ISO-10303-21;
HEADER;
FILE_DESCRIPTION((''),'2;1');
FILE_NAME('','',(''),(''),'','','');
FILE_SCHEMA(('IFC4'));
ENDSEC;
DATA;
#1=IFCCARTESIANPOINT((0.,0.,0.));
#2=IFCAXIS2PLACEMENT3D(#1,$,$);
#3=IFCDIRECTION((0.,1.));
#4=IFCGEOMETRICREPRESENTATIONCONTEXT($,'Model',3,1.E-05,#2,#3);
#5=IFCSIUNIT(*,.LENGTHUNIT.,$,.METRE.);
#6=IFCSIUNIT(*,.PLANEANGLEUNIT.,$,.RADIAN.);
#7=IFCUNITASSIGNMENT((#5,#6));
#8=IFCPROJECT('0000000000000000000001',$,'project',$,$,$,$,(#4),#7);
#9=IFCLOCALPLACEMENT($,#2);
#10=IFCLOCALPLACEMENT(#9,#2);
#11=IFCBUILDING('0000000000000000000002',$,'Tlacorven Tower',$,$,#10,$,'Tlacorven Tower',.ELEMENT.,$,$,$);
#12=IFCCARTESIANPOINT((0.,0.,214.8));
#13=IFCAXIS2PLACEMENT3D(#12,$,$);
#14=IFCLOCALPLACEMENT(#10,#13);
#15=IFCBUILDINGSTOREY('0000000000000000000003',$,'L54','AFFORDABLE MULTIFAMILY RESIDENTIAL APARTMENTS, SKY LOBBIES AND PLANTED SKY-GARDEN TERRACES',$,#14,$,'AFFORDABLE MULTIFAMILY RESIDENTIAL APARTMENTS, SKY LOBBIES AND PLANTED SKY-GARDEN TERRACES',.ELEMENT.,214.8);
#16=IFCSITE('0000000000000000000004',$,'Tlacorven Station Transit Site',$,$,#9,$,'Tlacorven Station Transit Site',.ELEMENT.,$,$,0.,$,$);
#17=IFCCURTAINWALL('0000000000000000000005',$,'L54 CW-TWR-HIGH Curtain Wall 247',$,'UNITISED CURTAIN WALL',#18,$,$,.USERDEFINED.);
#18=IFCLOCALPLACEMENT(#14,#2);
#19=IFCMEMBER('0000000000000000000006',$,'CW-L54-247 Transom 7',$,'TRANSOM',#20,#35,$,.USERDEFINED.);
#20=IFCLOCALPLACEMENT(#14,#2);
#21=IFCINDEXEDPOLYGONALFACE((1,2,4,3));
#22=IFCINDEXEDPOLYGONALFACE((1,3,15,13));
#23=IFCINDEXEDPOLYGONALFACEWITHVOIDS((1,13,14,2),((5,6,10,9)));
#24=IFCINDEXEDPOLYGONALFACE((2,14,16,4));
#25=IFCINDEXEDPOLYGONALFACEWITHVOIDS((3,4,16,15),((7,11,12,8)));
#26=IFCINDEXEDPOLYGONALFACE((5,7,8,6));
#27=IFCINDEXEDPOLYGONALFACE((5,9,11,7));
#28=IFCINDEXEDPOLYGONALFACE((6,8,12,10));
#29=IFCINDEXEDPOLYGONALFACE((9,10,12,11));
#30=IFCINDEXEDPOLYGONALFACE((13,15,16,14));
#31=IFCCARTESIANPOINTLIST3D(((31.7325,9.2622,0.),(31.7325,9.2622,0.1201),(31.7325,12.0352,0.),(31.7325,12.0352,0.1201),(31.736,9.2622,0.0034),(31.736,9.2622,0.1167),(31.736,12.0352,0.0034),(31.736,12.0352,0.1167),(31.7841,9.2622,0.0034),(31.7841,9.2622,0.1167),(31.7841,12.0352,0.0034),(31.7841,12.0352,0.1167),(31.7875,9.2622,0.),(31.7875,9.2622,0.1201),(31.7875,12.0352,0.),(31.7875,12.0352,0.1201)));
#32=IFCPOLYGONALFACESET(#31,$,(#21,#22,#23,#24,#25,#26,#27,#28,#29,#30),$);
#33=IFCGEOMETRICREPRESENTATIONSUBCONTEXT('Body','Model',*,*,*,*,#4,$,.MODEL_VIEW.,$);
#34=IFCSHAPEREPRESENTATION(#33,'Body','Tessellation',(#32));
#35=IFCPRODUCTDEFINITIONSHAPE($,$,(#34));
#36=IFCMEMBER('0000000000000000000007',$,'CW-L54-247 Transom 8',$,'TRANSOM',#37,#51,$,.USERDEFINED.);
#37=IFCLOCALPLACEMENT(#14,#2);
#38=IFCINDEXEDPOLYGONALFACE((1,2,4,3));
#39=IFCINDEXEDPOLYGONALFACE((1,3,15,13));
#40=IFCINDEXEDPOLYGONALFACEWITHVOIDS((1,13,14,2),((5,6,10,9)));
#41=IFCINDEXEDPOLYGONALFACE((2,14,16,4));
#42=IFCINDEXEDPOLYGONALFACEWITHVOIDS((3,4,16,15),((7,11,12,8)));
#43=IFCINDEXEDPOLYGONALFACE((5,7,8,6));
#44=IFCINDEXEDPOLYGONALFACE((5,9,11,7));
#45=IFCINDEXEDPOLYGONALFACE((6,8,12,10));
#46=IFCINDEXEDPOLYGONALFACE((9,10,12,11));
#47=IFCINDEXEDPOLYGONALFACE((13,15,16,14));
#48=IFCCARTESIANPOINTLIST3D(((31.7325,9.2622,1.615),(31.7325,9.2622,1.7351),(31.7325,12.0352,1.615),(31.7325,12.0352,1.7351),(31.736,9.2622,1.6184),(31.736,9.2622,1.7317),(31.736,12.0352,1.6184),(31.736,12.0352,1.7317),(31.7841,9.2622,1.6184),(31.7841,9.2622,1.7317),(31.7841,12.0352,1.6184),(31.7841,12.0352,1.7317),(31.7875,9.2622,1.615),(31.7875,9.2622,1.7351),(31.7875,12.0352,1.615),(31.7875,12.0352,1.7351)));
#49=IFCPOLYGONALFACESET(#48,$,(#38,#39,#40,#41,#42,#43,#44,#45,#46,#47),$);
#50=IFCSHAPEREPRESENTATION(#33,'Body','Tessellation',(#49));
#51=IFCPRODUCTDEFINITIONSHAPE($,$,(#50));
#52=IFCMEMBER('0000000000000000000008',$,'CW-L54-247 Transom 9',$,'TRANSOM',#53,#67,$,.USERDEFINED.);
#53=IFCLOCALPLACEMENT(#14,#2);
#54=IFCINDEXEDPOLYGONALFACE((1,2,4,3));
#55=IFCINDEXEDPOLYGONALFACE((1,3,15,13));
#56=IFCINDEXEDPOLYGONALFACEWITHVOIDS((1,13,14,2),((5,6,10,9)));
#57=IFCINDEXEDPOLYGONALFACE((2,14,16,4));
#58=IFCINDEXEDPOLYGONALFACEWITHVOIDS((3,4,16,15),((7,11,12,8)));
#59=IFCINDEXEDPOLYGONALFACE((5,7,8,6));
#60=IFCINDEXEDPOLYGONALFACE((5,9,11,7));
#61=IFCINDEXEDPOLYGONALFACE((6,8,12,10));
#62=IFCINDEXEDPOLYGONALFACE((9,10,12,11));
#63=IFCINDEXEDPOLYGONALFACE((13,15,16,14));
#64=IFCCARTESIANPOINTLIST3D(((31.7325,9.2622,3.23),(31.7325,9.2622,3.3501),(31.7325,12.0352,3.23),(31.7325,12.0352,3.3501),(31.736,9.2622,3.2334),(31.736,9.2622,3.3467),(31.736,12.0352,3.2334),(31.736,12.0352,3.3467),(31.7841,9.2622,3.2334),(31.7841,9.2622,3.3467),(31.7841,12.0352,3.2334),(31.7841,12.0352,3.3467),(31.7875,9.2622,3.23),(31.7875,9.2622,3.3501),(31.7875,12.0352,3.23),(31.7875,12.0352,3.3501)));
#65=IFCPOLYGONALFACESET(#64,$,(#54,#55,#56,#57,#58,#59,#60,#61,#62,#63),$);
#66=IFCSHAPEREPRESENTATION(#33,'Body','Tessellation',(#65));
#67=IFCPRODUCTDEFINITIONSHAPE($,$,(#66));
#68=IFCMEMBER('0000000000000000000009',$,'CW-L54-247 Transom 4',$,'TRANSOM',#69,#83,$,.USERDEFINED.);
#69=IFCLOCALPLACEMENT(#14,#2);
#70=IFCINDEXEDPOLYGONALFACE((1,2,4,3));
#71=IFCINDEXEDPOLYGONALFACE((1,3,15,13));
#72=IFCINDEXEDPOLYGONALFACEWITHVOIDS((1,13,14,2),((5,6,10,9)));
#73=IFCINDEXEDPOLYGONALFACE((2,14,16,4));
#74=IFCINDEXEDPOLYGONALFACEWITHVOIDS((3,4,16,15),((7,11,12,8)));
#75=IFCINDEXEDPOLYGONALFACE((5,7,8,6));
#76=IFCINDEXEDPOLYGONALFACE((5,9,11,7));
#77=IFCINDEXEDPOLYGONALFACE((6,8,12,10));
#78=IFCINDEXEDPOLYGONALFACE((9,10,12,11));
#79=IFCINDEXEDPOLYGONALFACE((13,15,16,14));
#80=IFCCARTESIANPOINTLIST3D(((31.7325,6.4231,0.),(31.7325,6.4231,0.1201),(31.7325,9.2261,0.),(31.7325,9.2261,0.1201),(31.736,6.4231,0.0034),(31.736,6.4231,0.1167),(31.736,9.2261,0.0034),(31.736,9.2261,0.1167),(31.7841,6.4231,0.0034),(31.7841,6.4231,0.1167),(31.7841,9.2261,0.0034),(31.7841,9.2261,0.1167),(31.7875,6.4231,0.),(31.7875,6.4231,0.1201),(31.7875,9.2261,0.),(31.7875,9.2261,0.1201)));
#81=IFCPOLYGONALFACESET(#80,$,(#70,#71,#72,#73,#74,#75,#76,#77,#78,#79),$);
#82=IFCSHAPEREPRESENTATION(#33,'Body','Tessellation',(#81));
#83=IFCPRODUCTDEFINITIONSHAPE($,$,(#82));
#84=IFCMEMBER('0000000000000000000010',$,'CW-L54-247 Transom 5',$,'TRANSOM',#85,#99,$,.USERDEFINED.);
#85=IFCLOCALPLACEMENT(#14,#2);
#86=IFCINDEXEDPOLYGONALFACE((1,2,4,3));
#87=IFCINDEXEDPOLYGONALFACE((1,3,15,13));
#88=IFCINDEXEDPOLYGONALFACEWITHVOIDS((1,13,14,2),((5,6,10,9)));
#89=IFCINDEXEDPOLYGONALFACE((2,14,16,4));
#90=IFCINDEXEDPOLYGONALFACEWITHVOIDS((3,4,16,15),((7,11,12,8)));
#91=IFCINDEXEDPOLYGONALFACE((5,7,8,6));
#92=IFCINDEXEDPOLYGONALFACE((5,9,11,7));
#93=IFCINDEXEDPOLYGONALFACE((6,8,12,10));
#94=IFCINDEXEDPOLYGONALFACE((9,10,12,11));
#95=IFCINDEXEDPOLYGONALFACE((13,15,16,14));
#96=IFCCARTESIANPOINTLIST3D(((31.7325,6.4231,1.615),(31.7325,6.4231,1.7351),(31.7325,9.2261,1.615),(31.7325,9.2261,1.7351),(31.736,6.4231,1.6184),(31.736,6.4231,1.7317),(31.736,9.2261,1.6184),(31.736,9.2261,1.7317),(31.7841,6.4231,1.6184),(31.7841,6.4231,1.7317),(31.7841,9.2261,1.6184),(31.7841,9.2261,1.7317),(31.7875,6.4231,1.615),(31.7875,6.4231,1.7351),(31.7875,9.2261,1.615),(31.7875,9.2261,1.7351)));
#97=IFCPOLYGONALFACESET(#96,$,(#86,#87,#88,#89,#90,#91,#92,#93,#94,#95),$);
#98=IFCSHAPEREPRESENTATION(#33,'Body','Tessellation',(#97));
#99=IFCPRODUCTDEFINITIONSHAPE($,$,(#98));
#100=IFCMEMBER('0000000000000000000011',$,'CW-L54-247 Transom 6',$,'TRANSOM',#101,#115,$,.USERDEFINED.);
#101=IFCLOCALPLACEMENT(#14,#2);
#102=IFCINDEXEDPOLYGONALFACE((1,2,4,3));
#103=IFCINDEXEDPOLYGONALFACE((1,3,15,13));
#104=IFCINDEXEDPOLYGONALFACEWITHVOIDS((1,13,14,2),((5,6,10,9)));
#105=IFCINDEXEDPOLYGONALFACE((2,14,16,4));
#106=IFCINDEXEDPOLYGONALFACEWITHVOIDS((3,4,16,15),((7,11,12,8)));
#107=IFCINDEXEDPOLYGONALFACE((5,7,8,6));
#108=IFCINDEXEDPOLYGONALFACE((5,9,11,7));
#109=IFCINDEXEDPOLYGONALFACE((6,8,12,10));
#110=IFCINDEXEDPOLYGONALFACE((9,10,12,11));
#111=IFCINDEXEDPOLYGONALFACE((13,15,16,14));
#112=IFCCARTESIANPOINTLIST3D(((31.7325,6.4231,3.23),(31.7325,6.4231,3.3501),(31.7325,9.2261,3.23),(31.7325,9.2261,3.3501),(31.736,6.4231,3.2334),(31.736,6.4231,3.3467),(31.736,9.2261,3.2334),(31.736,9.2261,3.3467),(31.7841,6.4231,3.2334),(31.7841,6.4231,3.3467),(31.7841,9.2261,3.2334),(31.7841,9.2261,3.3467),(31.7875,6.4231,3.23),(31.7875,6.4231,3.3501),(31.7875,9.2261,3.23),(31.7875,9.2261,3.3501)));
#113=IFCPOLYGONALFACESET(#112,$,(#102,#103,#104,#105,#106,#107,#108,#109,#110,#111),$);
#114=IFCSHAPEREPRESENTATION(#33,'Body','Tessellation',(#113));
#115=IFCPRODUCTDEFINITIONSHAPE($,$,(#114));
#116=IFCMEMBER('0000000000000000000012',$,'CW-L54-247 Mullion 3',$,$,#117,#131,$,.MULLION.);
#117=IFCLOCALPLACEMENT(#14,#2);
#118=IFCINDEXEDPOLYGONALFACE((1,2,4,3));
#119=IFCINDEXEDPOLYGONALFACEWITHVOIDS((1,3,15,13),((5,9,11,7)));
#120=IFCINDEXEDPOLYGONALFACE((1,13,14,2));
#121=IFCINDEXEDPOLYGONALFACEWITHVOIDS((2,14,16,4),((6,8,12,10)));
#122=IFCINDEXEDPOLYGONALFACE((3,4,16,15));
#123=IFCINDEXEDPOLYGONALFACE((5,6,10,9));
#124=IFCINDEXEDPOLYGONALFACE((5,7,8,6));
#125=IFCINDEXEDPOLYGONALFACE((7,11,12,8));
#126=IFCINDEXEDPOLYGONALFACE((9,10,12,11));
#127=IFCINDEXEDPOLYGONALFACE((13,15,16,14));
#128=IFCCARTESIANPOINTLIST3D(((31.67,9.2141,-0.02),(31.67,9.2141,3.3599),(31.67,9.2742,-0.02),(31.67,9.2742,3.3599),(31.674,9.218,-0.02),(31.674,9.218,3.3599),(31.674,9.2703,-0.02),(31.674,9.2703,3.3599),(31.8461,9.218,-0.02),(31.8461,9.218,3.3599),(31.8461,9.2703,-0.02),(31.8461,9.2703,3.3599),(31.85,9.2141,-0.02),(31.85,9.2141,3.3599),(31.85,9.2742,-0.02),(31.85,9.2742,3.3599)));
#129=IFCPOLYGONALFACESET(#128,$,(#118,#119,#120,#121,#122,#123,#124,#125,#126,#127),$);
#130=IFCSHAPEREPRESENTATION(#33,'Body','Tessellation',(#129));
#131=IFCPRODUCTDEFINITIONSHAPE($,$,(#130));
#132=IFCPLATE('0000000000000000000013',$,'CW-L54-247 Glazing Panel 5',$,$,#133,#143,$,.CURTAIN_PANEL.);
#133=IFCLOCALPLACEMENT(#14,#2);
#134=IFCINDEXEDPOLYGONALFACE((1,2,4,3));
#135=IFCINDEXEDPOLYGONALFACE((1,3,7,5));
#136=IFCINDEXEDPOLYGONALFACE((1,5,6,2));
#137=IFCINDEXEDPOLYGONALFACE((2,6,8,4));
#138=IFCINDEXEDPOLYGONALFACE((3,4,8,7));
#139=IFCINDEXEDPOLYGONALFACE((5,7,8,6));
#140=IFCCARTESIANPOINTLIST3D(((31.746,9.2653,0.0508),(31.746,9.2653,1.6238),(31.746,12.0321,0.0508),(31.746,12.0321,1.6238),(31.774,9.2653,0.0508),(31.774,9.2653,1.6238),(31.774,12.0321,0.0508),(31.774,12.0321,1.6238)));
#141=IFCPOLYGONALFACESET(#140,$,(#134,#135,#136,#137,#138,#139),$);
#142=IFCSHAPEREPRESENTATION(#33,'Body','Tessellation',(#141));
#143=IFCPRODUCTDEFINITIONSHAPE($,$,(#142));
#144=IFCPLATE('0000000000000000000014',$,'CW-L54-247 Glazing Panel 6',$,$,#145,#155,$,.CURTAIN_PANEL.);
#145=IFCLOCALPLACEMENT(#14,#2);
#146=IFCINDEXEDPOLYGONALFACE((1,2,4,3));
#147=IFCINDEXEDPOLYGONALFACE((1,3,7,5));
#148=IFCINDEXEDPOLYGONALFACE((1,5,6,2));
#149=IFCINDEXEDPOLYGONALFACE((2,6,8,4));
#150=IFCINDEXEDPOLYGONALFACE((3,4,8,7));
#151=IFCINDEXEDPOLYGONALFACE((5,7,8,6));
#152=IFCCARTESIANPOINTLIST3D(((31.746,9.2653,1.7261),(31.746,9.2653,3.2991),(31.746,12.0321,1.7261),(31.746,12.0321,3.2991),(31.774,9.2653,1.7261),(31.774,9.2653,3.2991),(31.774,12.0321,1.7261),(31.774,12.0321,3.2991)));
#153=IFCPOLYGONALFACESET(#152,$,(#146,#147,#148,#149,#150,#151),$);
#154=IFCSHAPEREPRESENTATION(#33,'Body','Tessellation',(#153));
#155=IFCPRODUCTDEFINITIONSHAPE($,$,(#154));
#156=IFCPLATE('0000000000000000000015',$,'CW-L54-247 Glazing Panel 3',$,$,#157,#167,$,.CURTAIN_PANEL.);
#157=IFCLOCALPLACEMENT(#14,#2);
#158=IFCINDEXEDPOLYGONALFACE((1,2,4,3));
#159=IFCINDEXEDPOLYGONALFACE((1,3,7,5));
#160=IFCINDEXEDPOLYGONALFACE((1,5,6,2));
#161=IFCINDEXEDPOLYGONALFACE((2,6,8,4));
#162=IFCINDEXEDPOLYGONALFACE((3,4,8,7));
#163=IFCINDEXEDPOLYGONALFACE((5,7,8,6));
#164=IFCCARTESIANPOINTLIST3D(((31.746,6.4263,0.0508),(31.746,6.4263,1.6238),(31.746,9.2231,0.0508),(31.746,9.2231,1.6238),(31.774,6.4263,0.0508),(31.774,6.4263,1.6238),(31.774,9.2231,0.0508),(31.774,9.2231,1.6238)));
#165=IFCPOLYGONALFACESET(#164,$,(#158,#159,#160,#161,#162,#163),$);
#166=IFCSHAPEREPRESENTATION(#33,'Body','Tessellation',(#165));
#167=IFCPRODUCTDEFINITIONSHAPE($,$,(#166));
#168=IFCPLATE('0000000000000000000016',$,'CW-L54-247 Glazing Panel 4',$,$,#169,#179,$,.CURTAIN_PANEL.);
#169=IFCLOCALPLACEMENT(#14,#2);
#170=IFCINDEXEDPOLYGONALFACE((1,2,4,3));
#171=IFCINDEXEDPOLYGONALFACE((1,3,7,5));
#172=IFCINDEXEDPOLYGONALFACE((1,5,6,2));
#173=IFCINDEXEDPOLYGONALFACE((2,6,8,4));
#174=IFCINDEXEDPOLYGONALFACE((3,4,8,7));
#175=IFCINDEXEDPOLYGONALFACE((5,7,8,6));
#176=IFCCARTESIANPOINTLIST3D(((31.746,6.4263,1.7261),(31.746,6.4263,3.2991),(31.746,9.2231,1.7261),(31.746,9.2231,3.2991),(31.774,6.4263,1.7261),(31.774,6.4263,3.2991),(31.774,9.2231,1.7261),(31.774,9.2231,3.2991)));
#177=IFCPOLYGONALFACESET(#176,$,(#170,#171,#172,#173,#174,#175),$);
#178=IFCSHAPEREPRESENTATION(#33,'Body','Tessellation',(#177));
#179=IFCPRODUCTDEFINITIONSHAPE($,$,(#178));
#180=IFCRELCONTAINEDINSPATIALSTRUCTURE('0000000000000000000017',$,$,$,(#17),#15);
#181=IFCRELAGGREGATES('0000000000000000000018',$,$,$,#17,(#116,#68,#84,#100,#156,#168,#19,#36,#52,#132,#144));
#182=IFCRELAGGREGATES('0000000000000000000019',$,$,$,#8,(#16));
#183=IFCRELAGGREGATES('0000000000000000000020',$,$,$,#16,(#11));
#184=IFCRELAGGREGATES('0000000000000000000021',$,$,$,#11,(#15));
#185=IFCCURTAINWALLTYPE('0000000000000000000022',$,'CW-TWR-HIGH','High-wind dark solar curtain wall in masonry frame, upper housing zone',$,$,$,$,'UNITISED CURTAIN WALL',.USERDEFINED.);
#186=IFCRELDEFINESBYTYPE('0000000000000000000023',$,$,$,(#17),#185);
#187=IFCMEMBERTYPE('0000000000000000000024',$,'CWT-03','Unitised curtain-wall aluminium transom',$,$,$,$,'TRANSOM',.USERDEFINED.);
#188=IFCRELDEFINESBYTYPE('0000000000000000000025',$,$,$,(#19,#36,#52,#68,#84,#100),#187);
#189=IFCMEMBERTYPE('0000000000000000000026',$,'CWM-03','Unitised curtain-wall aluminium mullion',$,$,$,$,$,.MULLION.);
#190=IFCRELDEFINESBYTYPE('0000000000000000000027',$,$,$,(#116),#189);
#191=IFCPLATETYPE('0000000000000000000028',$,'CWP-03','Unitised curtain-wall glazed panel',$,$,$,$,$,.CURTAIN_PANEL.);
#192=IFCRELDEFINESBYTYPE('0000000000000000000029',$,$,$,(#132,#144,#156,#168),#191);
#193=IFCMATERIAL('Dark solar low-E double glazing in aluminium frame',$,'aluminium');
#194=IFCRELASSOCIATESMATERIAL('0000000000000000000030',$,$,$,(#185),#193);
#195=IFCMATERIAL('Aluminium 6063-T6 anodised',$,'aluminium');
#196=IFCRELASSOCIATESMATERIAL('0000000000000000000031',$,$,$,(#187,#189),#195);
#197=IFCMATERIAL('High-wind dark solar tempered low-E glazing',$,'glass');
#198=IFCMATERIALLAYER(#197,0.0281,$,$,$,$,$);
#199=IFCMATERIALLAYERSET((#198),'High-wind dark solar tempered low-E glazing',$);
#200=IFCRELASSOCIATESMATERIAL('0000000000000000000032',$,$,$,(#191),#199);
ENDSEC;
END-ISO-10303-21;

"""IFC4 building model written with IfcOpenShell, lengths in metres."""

from ifc_helpers import new_model, si_unit, direction, frame, origin, origin_2d, place, context, subcontext, project, spatial, rectangle, hollow_rectangle, extrude, source, transform, mapped, material, layer, layer_set, material_profile, profile_set, type_object, element, aggregate, save


model = new_model("IFC4")

# Units and contexts
model_context = context("Model", 3, precision=1e-05, world=origin(), true_north=direction((0.0, 1.0)))
body_context = subcontext(model_context, "Body", "Model", "MODEL_VIEW")
ifc_project = project(units=[si_unit("LENGTHUNIT", "METRE"), si_unit("PLANEANGLEUNIT", "RADIAN")], contexts=[model_context])

# Site, building, storey
site_placement = place(None, origin())
site = spatial("IfcSite", under=ifc_project, at=site_placement, Name="Tlacorven Station Transit Site", LongName="Tlacorven Station Transit Site", CompositionType="ELEMENT", RefElevation=0.0)
building_placement = place(site_placement, origin())
building = spatial("IfcBuilding", under=site, at=building_placement, Name="Tlacorven Tower", LongName="Tlacorven Tower", CompositionType="ELEMENT")
storey_placement = place(building_placement, frame((0.0, 0.0, 214.8)))
storey = spatial("IfcBuildingStorey", under=building, at=storey_placement, Name="L54", Description="AFFORDABLE MULTIFAMILY RESIDENTIAL APARTMENTS, SKY LOBBIES AND PLANTED SKY-GARDEN TERRACES", LongName="AFFORDABLE MULTIFAMILY RESIDENTIAL APARTMENTS, SKY LOBBIES AND PLANTED SKY-GARDEN TERRACES", CompositionType="ELEMENT", Elevation=214.8)

# Curtain wall, members, plates
ifc_material_1 = material(Name="Dark solar low-E double glazing in aluminium frame", Category="aluminium")
curtain_wall_type = type_object("IfcCurtainWallType", Name="CW-TWR-HIGH", Description="High-wind dark solar curtain wall in masonry frame, upper housing zone", ElementType="UNITISED CURTAIN WALL", PredefinedType="USERDEFINED", material=ifc_material_1)
curtain_wall_placement = place(storey_placement, origin())
curtain_wall = element("IfcCurtainWall", 1, at=curtain_wall_placement, inside=storey, type_object=curtain_wall_type, Name="L54 CW-TWR-HIGH Curtain Wall 247", ObjectType="UNITISED CURTAIN WALL", PredefinedType="USERDEFINED")
ifc_material_2 = material(Name="Aluminium 6063-T6 anodised", Category="aluminium")
ifc_material_profile_1 = material_profile(ifc_material_2, hollow_rectangle(XDim=0.0549, YDim=0.1201, WallThickness=0.0034, at=origin_2d()), Name="ALU TRANSOM 55X120")
ifc_profile_set_1 = profile_set([ifc_material_profile_1], Name="Aluminium 6063-T6 anodised")
member_type_1 = type_object("IfcMemberType", Name="CWT-03", Description="Unitised curtain-wall aluminium transom", ElementType="TRANSOM", PredefinedType="USERDEFINED", material=ifc_profile_set_1)
shared_shape_1 = source(origin(), body_context, "Body", "SweptSolid", [
    extrude(hollow_rectangle(XDim=0.0549, YDim=0.1201, WallThickness=0.0034, at=origin_2d()), origin(), (0.0, 0.0, 1.0), 2.7729),
])
member_1_placement = place(storey_placement, frame((31.76, 9.2622, 0.0601), z_axis=(0.0, 1.0, 0.0), x_axis=(-1.0, 0.0, 0.0)))
member_1 = element("IfcMember", 2, at=member_1_placement, type_object=member_type_1, Name="CW-L54-247 Transom 7", ObjectType="TRANSOM", PredefinedType="USERDEFINED", context=body_context, shape_type="MappedRepresentation", body=[
    mapped(shared_shape_1, transform((0.0, 0.0, 0.0), scale=1.0)),
])
member_2_placement = place(storey_placement, frame((31.76, 9.2622, 1.675), z_axis=(0.0, 1.0, 0.0), x_axis=(-1.0, 0.0, 0.0)))
member_2 = element("IfcMember", 3, at=member_2_placement, type_object=member_type_1, Name="CW-L54-247 Transom 8", ObjectType="TRANSOM", PredefinedType="USERDEFINED", context=body_context, shape_type="MappedRepresentation", body=[
    mapped(shared_shape_1, transform((0.0, 0.0, 0.0), scale=1.0)),
])
member_3_placement = place(storey_placement, frame((31.76, 9.2622, 3.29), z_axis=(0.0, 1.0, 0.0), x_axis=(-1.0, 0.0, 0.0)))
member_3 = element("IfcMember", 4, at=member_3_placement, type_object=member_type_1, Name="CW-L54-247 Transom 9", ObjectType="TRANSOM", PredefinedType="USERDEFINED", context=body_context, shape_type="MappedRepresentation", body=[
    mapped(shared_shape_1, transform((0.0, 0.0, 0.0), scale=1.0)),
])
shared_shape_2 = source(origin(), body_context, "Body", "SweptSolid", [
    extrude(hollow_rectangle(XDim=0.0549, YDim=0.1201, WallThickness=0.0034, at=origin_2d()), origin(), (0.0, 0.0, 1.0), 2.803),
])
member_4_placement = place(storey_placement, frame((31.76, 6.4231, 0.0601), z_axis=(0.0, 1.0, 0.0), x_axis=(-1.0, 0.0, 0.0)))
member_4 = element("IfcMember", 5, at=member_4_placement, type_object=member_type_1, Name="CW-L54-247 Transom 4", ObjectType="TRANSOM", PredefinedType="USERDEFINED", context=body_context, shape_type="MappedRepresentation", body=[
    mapped(shared_shape_2, transform((0.0, 0.0, 0.0), scale=1.0)),
])
member_5_placement = place(storey_placement, frame((31.76, 6.4231, 1.675), z_axis=(0.0, 1.0, 0.0), x_axis=(-1.0, 0.0, 0.0)))
member_5 = element("IfcMember", 6, at=member_5_placement, type_object=member_type_1, Name="CW-L54-247 Transom 5", ObjectType="TRANSOM", PredefinedType="USERDEFINED", context=body_context, shape_type="MappedRepresentation", body=[
    mapped(shared_shape_2, transform((0.0, 0.0, 0.0), scale=1.0)),
])
member_6_placement = place(storey_placement, frame((31.76, 6.4231, 3.29), z_axis=(0.0, 1.0, 0.0), x_axis=(-1.0, 0.0, 0.0)))
member_6 = element("IfcMember", 7, at=member_6_placement, type_object=member_type_1, Name="CW-L54-247 Transom 6", ObjectType="TRANSOM", PredefinedType="USERDEFINED", context=body_context, shape_type="MappedRepresentation", body=[
    mapped(shared_shape_2, transform((0.0, 0.0, 0.0), scale=1.0)),
])
ifc_material_profile_2 = material_profile(ifc_material_2, hollow_rectangle(XDim=0.0601, YDim=0.1799, WallThickness=0.0039, at=origin_2d()), Name="ALU MULLION 60X180")
ifc_profile_set_2 = profile_set([ifc_material_profile_2], Name="Aluminium 6063-T6 anodised")
member_type_2 = type_object("IfcMemberType", Name="CWM-03", Description="Unitised curtain-wall aluminium mullion", PredefinedType="MULLION", material=ifc_profile_set_2)
shared_shape_3 = source(origin(), body_context, "Body", "SweptSolid", [
    extrude(hollow_rectangle(XDim=0.0601, YDim=0.1799, WallThickness=0.0039, at=origin_2d()), origin(), (0.0, 0.0, 1.0), 3.3799),
])
member_7_placement = place(storey_placement, frame((31.76, 9.2441, -0.02), z_axis=(0.0, 0.0, 1.0), x_axis=(0.0, 1.0, 0.0)))
member_7 = element("IfcMember", 8, at=member_7_placement, type_object=member_type_2, Name="CW-L54-247 Mullion 3", PredefinedType="MULLION", context=body_context, shape_type="MappedRepresentation", body=[
    mapped(shared_shape_3, transform((0.0, 0.0, 0.0), scale=1.0)),
])
ifc_material_3 = material(Name="High-wind dark solar tempered low-E glazing", Category="glass")
ifc_layer = layer(ifc_material_3, 0.0281)
ifc_layer_set = layer_set([ifc_layer], Name="High-wind dark solar tempered low-E glazing")
plate_type = type_object("IfcPlateType", Name="CWP-03", Description="Unitised curtain-wall glazed panel", PredefinedType="CURTAIN_PANEL", material=ifc_layer_set)
shared_shape_4 = source(origin(), body_context, "Body", "SweptSolid", [
    extrude(rectangle(XDim=2.7668, YDim=0.0281, at=origin_2d()), origin(), (0.0, 0.0, 1.0), 1.573),
])
plate_1_placement = place(storey_placement, frame((31.76, 10.6487, 0.0508), z_axis=(0.0, 0.0, 1.0), x_axis=(0.0, 1.0, 0.0)))
plate_1 = element("IfcPlate", 9, at=plate_1_placement, type_object=plate_type, Name="CW-L54-247 Glazing Panel 5", PredefinedType="CURTAIN_PANEL", context=body_context, shape_type="MappedRepresentation", body=[
    mapped(shared_shape_4, transform((0.0, 0.0, 0.0), scale=1.0)),
])
plate_2_placement = place(storey_placement, frame((31.76, 10.6487, 1.7261), z_axis=(0.0, 0.0, 1.0), x_axis=(0.0, 1.0, 0.0)))
plate_2 = element("IfcPlate", 10, at=plate_2_placement, type_object=plate_type, Name="CW-L54-247 Glazing Panel 6", PredefinedType="CURTAIN_PANEL", context=body_context, shape_type="MappedRepresentation", body=[
    mapped(shared_shape_4, transform((0.0, 0.0, 0.0), scale=1.0)),
])
shared_shape_5 = source(origin(), body_context, "Body", "SweptSolid", [
    extrude(rectangle(XDim=2.7969, YDim=0.0281, at=origin_2d()), origin(), (0.0, 0.0, 1.0), 1.573),
])
plate_3_placement = place(storey_placement, frame((31.76, 7.8247, 0.0508), z_axis=(0.0, 0.0, 1.0), x_axis=(0.0, 1.0, 0.0)))
plate_3 = element("IfcPlate", 11, at=plate_3_placement, type_object=plate_type, Name="CW-L54-247 Glazing Panel 3", PredefinedType="CURTAIN_PANEL", context=body_context, shape_type="MappedRepresentation", body=[
    mapped(shared_shape_5, transform((0.0, 0.0, 0.0), scale=1.0)),
])
plate_4_placement = place(storey_placement, frame((31.76, 7.8247, 1.7261), z_axis=(0.0, 0.0, 1.0), x_axis=(0.0, 1.0, 0.0)))
plate_4 = element("IfcPlate", 12, at=plate_4_placement, type_object=plate_type, Name="CW-L54-247 Glazing Panel 4", PredefinedType="CURTAIN_PANEL", context=body_context, shape_type="MappedRepresentation", body=[
    mapped(shared_shape_5, transform((0.0, 0.0, 0.0), scale=1.0)),
])
aggregate(curtain_wall, [member_7, member_4, member_5, member_6, plate_3, plate_4, member_1, member_2, member_3, plate_1, plate_2])

save(model, "model.ifc")
